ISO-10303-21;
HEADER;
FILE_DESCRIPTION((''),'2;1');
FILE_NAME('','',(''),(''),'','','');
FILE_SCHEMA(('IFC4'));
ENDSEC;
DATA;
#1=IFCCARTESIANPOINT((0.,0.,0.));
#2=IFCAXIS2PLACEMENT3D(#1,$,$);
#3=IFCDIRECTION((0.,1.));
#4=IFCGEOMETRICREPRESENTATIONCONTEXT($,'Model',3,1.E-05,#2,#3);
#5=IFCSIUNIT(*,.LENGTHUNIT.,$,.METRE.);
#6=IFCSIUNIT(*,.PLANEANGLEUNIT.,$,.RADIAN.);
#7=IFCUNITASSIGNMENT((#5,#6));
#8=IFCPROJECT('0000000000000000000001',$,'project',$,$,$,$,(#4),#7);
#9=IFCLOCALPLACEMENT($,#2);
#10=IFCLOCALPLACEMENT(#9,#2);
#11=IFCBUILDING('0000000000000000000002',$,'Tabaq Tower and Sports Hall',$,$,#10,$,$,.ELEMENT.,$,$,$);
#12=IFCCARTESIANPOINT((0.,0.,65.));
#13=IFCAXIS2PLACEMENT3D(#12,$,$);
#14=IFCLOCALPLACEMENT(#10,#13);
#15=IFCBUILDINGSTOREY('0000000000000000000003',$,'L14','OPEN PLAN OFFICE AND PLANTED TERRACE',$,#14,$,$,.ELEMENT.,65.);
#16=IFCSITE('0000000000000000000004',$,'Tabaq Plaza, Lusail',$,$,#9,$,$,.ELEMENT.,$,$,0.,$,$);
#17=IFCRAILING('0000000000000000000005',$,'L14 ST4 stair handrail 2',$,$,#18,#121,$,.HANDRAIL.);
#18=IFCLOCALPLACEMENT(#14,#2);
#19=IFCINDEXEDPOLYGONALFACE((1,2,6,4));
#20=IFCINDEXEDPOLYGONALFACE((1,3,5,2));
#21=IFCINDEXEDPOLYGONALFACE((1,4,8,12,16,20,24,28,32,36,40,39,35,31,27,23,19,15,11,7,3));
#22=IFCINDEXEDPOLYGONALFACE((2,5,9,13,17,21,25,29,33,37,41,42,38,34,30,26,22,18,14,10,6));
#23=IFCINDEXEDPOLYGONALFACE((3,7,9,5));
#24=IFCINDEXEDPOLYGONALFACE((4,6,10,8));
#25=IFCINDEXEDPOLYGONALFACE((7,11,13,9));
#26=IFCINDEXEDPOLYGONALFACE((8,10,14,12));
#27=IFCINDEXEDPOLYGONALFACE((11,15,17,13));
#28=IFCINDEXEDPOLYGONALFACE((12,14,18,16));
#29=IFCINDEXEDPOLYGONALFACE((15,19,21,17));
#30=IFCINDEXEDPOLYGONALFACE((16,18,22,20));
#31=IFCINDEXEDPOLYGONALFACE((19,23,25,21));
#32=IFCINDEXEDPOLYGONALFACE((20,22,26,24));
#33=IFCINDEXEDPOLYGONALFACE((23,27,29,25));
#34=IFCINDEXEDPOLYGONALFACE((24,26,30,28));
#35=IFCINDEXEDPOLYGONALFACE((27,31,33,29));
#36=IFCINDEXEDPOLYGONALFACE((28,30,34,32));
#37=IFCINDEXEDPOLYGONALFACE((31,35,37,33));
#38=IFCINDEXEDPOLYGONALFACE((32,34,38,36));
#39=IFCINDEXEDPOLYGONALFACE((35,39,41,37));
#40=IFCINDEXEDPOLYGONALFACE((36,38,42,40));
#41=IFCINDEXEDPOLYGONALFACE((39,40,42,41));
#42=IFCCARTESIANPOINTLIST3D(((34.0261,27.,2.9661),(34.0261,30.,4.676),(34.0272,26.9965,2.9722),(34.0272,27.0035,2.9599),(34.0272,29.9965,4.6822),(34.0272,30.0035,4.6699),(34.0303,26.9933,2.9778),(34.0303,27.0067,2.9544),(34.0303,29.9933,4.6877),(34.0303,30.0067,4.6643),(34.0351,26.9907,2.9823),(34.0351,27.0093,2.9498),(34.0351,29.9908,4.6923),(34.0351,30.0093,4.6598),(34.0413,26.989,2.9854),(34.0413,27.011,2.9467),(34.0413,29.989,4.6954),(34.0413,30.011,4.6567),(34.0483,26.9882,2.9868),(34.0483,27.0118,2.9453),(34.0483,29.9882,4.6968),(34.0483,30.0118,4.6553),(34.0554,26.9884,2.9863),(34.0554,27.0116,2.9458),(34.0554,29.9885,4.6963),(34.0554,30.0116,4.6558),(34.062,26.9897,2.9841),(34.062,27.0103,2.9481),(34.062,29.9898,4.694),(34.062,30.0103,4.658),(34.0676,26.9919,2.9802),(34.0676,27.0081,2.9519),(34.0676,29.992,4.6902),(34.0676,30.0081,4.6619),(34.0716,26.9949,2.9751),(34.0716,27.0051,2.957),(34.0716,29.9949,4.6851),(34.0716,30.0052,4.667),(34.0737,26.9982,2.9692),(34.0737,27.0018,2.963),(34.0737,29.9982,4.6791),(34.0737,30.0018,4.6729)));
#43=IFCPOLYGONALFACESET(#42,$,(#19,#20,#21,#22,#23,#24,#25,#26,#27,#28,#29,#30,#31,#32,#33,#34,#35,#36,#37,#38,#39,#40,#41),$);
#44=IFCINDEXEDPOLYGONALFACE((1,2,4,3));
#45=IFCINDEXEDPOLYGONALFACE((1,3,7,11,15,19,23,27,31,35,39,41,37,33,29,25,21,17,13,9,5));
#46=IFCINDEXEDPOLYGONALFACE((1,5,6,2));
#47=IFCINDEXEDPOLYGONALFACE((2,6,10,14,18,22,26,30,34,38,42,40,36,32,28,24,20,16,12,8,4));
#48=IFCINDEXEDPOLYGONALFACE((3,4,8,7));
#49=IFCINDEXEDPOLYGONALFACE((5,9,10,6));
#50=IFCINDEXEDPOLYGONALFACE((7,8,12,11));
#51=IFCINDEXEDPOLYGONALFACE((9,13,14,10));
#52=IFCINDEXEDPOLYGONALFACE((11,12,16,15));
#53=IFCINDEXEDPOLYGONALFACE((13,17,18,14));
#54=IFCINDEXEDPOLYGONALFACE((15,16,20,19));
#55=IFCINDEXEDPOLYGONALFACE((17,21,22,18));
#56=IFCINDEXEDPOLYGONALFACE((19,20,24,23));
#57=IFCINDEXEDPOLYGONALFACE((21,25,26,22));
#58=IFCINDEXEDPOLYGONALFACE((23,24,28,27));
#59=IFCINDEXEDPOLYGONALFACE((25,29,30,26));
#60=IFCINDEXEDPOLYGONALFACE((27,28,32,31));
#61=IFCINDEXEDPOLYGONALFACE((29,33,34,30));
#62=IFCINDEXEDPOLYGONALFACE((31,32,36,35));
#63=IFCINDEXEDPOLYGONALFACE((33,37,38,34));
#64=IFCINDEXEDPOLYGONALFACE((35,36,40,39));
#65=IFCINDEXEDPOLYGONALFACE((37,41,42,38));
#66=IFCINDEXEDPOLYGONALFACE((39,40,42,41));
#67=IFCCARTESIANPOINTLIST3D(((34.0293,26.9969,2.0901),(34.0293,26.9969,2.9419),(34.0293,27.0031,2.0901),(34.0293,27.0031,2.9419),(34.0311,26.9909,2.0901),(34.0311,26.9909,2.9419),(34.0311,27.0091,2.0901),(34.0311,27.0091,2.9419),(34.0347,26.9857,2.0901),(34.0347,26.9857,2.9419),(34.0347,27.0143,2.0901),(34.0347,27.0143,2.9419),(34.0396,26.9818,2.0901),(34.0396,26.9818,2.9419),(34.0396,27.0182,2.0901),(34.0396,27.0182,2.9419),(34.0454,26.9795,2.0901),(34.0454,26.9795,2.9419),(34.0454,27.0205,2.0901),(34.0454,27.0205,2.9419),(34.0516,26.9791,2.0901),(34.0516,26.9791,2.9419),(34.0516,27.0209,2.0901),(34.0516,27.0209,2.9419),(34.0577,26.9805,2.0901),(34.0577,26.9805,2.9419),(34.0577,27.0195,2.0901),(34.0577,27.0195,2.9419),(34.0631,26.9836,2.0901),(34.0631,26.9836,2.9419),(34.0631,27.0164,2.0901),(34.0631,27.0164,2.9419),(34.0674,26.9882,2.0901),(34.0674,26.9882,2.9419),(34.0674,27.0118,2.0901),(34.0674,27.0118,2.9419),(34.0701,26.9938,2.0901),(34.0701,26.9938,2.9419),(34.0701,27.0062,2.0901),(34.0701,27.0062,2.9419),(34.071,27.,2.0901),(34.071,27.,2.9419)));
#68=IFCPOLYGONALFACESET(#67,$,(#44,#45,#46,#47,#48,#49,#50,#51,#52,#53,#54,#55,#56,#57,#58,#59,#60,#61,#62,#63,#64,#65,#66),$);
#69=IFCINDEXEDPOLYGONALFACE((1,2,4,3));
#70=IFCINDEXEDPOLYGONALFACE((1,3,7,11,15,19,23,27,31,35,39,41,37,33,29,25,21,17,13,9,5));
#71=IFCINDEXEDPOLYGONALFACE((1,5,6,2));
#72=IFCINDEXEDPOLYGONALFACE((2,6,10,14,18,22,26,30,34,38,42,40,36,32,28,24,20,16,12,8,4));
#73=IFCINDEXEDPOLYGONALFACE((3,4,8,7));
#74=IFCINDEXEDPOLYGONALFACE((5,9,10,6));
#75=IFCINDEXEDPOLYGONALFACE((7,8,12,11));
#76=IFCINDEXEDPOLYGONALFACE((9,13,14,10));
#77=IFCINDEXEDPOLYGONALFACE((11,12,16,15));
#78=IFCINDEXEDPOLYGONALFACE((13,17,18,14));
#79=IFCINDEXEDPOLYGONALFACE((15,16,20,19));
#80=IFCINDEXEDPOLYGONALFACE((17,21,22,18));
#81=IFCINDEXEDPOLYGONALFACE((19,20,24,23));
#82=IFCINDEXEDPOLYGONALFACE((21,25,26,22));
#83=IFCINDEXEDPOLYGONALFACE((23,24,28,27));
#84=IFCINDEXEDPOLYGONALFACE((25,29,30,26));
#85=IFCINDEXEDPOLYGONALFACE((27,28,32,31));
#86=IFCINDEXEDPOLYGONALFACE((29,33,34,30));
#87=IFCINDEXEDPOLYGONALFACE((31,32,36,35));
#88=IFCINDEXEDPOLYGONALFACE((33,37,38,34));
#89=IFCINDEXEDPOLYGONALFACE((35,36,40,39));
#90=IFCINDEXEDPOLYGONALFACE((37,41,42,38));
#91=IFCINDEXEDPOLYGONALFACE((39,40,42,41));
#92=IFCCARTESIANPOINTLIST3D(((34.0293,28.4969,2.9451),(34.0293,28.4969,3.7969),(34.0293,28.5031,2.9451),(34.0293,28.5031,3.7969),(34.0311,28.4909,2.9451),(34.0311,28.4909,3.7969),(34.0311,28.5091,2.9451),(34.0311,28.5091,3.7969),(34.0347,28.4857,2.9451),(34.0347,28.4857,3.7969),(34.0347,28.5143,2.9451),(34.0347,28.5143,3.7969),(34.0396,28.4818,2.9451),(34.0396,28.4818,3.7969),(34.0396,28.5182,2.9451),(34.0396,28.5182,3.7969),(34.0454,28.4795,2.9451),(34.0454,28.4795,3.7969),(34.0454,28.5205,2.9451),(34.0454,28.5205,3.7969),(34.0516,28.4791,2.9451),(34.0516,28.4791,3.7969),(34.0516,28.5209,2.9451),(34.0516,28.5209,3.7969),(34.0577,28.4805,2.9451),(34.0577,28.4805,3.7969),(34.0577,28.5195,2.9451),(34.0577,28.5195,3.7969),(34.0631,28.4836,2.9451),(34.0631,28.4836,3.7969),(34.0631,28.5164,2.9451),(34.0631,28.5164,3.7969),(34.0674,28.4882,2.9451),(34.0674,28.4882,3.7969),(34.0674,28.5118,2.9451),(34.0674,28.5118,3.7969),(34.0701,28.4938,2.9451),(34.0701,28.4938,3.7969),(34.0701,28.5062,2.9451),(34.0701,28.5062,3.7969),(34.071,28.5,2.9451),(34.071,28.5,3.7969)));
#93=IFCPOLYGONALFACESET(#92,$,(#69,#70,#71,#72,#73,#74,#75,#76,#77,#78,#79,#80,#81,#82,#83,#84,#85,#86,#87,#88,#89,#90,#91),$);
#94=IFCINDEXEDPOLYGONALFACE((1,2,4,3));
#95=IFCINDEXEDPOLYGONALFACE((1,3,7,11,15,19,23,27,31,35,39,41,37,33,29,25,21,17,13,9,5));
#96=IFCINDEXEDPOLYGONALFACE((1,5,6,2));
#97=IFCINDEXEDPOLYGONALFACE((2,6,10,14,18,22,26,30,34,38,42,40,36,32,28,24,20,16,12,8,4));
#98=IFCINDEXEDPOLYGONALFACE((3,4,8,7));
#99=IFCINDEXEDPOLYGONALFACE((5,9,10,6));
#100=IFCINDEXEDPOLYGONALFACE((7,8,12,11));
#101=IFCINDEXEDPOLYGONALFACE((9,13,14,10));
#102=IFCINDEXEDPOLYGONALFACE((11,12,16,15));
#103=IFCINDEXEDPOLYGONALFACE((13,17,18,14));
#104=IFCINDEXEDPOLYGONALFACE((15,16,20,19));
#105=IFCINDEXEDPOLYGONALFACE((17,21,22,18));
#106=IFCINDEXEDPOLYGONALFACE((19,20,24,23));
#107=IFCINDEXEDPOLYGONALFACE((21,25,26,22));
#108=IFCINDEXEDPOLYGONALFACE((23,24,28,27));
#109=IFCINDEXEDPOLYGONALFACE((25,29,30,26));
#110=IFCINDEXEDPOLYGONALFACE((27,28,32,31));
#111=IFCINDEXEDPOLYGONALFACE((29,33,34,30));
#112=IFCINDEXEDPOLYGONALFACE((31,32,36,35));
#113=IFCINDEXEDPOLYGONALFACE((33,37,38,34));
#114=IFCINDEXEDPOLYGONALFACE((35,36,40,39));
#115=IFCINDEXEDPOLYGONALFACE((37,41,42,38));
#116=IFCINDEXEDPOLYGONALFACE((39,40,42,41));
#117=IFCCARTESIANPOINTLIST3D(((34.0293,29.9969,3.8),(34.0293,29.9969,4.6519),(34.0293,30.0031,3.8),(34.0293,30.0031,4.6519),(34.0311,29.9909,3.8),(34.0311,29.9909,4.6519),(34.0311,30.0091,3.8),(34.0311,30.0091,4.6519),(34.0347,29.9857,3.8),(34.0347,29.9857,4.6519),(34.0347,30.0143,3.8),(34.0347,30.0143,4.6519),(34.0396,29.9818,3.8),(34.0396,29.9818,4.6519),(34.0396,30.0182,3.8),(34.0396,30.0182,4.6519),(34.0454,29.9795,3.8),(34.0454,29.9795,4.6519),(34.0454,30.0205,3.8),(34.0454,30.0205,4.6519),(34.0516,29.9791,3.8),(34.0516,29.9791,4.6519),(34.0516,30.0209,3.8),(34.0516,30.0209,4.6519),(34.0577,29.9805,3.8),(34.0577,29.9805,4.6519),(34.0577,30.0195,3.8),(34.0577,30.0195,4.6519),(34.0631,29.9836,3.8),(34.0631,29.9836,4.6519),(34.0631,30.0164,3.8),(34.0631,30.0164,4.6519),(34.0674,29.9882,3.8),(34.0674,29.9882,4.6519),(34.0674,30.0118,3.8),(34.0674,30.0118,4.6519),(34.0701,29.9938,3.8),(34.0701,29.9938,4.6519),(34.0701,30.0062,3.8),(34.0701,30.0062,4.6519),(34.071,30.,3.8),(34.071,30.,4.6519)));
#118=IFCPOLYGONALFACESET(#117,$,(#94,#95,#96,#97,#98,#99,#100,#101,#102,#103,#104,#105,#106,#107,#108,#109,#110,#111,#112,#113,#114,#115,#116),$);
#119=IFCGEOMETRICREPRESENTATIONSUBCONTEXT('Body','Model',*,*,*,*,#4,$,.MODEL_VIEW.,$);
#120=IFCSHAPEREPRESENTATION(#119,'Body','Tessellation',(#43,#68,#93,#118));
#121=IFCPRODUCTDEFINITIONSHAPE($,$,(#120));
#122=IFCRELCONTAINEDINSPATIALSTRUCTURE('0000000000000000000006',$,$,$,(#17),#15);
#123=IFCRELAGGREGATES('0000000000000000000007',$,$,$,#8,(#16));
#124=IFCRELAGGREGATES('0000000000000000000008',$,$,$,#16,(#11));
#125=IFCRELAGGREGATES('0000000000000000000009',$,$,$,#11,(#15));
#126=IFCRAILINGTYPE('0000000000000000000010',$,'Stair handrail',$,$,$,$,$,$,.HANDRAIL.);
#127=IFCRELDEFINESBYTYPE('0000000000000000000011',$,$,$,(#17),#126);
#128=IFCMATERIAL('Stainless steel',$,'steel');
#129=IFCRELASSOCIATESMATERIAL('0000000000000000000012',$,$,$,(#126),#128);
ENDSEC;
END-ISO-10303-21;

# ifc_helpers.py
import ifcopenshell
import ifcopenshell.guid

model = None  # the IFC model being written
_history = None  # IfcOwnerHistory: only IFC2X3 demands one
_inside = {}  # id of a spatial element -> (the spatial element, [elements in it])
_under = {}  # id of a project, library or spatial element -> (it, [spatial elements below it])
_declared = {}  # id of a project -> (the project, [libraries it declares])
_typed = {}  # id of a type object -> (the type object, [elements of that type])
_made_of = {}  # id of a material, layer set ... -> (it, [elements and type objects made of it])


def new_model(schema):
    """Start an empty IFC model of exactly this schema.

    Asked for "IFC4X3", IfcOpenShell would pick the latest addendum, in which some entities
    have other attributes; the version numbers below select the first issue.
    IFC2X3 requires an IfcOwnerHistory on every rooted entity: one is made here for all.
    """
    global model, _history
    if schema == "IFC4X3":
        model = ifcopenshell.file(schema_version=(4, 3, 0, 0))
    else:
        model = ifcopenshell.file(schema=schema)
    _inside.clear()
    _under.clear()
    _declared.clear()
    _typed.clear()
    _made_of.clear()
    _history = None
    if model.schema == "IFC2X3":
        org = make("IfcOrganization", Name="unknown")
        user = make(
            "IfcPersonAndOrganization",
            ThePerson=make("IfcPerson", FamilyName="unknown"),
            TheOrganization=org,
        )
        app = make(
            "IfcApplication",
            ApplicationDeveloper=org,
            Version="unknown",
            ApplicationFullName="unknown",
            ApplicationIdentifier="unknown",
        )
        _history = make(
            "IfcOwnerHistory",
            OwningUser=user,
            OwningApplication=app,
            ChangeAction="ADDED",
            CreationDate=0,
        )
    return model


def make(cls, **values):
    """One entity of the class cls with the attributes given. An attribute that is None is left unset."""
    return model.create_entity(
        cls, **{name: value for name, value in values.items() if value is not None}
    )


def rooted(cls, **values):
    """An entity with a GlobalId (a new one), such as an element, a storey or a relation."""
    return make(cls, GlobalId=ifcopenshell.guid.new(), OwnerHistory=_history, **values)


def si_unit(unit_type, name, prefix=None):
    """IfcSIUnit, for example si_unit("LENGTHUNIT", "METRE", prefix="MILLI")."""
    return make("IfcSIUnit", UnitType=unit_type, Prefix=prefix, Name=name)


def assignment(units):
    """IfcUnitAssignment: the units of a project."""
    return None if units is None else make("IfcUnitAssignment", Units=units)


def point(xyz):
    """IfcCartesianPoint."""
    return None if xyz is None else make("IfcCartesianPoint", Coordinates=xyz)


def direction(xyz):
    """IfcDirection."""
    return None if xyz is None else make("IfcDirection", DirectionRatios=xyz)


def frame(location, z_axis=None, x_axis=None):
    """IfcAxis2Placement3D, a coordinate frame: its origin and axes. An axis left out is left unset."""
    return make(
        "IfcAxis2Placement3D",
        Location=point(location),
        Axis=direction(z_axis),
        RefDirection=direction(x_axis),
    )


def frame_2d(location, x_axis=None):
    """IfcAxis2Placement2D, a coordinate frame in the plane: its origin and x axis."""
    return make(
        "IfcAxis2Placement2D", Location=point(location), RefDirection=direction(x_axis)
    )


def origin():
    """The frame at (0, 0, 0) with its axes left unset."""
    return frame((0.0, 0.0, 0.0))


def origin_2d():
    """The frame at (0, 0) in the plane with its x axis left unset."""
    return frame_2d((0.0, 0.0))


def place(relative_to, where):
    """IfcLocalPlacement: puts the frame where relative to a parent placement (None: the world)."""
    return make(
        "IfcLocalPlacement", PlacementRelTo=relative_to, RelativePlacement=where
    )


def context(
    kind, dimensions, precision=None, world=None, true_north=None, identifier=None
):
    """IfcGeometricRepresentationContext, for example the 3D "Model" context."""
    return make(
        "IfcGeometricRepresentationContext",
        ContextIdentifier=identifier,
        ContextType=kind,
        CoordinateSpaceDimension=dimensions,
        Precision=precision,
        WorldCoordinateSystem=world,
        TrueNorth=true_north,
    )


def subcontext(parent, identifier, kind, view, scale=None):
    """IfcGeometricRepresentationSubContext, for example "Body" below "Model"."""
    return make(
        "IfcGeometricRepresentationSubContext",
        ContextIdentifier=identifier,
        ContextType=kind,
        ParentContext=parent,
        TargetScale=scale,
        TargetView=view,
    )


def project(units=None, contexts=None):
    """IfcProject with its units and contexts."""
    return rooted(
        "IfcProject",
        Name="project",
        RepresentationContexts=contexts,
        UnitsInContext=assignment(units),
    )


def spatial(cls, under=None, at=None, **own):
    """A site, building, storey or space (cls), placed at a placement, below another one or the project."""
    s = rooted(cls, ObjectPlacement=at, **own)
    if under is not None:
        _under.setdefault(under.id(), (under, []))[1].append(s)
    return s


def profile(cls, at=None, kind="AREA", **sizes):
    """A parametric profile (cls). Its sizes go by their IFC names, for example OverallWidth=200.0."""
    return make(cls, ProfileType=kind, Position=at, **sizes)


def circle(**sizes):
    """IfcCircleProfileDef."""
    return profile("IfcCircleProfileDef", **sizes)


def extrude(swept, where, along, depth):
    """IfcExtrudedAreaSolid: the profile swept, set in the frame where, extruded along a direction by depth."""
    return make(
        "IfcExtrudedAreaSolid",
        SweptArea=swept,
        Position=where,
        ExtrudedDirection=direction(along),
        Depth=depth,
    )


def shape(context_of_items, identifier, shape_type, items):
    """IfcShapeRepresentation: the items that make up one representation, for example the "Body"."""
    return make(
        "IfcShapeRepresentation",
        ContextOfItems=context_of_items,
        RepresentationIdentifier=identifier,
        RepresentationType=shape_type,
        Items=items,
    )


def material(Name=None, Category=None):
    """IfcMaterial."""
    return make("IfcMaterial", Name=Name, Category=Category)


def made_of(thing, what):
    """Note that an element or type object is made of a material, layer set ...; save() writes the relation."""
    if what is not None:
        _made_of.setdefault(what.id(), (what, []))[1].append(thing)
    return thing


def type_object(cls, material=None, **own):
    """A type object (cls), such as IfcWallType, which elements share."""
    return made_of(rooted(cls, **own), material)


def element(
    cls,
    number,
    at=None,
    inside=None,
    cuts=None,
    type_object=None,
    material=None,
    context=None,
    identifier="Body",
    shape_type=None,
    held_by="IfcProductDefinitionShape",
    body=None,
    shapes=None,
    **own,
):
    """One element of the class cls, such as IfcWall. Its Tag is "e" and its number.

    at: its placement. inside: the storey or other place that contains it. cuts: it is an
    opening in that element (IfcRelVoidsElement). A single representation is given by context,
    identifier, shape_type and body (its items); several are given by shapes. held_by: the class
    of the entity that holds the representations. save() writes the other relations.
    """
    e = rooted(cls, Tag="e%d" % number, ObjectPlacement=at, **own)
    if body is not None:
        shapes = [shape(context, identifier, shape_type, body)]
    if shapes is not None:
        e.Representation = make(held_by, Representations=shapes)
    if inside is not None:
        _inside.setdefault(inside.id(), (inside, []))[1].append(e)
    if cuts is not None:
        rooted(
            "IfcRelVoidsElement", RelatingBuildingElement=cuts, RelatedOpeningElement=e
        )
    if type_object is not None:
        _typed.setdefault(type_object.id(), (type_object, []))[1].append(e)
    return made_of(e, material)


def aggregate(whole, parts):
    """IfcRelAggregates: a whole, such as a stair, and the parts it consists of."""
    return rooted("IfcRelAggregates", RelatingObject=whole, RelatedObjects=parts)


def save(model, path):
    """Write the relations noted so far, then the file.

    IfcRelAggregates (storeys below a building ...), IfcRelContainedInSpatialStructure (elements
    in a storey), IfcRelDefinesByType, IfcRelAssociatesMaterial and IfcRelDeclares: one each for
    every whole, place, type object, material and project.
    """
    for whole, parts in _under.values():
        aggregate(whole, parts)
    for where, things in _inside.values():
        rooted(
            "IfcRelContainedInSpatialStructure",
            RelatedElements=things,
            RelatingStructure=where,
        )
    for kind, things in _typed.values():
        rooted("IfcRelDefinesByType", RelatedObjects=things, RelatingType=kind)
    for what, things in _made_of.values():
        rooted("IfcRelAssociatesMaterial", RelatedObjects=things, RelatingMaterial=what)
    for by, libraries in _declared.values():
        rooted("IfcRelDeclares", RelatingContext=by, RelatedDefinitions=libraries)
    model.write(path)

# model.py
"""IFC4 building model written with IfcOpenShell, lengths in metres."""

from ifc_helpers import new_model, si_unit, direction, frame, origin, origin_2d, place, context, subcontext, project, spatial, circle, extrude, material, type_object, element, save


model = new_model("IFC4")

# Units and contexts
model_context = context("Model", 3, precision=1e-05, world=origin(), true_north=direction((0.0, 1.0)))
body_context = subcontext(model_context, "Body", "Model", "MODEL_VIEW")
ifc_project = project(units=[si_unit("LENGTHUNIT", "METRE"), si_unit("PLANEANGLEUNIT", "RADIAN")], contexts=[model_context])

# Site, building, storey
site_placement = place(None, origin())
site = spatial("IfcSite", under=ifc_project, at=site_placement, Name="Tabaq Plaza, Lusail", CompositionType="ELEMENT", RefElevation=0.0)
building_placement = place(site_placement, origin())
building = spatial("IfcBuilding", under=site, at=building_placement, Name="Tabaq Tower and Sports Hall", CompositionType="ELEMENT")
storey_placement = place(building_placement, frame((0.0, 0.0, 65.0)))
storey = spatial("IfcBuildingStorey", under=building, at=storey_placement, Name="L14", Description="OPEN PLAN OFFICE AND PLANTED TERRACE", CompositionType="ELEMENT", Elevation=65.0)

# Railing
ifc_material_1 = material(Name="Stainless steel", Category="steel")
railing_type_1 = type_object("IfcRailingType", Name="Stair handrail", PredefinedType="HANDRAIL", material=ifc_material_1)
railing_1_placement = place(storey_placement, frame((34.05, 27.0, 2.0901)))
element("IfcRailing", 1, at=railing_1_placement, inside=storey, type_object=railing_type_1, Name="L14 ST4 stair handrail 2", PredefinedType="HANDRAIL", context=body_context, shape_type="SweptSolid", body=[
    extrude(circle(Radius=0.0239, at=origin_2d()), frame((0.0, 0.0, 0.876), z_axis=(0.0, 0.868782, 0.495195), x_axis=(-1.0, 0.0, 0.0)), (0.0, 0.0, 1.0), 3.4531),
    extrude(circle(Radius=0.021, at=origin_2d()), origin(), (0.0, 0.0, 1.0), 0.8518),
    extrude(circle(Radius=0.021, at=origin_2d()), frame((0.0, 1.5, 0.855)), (0.0, 0.0, 1.0), 0.8518),
    extrude(circle(Radius=0.021, at=origin_2d()), frame((0.0, 3.0, 1.71)), (0.0, 0.0, 1.0), 0.8518),
])

save(model, "model.ifc")
